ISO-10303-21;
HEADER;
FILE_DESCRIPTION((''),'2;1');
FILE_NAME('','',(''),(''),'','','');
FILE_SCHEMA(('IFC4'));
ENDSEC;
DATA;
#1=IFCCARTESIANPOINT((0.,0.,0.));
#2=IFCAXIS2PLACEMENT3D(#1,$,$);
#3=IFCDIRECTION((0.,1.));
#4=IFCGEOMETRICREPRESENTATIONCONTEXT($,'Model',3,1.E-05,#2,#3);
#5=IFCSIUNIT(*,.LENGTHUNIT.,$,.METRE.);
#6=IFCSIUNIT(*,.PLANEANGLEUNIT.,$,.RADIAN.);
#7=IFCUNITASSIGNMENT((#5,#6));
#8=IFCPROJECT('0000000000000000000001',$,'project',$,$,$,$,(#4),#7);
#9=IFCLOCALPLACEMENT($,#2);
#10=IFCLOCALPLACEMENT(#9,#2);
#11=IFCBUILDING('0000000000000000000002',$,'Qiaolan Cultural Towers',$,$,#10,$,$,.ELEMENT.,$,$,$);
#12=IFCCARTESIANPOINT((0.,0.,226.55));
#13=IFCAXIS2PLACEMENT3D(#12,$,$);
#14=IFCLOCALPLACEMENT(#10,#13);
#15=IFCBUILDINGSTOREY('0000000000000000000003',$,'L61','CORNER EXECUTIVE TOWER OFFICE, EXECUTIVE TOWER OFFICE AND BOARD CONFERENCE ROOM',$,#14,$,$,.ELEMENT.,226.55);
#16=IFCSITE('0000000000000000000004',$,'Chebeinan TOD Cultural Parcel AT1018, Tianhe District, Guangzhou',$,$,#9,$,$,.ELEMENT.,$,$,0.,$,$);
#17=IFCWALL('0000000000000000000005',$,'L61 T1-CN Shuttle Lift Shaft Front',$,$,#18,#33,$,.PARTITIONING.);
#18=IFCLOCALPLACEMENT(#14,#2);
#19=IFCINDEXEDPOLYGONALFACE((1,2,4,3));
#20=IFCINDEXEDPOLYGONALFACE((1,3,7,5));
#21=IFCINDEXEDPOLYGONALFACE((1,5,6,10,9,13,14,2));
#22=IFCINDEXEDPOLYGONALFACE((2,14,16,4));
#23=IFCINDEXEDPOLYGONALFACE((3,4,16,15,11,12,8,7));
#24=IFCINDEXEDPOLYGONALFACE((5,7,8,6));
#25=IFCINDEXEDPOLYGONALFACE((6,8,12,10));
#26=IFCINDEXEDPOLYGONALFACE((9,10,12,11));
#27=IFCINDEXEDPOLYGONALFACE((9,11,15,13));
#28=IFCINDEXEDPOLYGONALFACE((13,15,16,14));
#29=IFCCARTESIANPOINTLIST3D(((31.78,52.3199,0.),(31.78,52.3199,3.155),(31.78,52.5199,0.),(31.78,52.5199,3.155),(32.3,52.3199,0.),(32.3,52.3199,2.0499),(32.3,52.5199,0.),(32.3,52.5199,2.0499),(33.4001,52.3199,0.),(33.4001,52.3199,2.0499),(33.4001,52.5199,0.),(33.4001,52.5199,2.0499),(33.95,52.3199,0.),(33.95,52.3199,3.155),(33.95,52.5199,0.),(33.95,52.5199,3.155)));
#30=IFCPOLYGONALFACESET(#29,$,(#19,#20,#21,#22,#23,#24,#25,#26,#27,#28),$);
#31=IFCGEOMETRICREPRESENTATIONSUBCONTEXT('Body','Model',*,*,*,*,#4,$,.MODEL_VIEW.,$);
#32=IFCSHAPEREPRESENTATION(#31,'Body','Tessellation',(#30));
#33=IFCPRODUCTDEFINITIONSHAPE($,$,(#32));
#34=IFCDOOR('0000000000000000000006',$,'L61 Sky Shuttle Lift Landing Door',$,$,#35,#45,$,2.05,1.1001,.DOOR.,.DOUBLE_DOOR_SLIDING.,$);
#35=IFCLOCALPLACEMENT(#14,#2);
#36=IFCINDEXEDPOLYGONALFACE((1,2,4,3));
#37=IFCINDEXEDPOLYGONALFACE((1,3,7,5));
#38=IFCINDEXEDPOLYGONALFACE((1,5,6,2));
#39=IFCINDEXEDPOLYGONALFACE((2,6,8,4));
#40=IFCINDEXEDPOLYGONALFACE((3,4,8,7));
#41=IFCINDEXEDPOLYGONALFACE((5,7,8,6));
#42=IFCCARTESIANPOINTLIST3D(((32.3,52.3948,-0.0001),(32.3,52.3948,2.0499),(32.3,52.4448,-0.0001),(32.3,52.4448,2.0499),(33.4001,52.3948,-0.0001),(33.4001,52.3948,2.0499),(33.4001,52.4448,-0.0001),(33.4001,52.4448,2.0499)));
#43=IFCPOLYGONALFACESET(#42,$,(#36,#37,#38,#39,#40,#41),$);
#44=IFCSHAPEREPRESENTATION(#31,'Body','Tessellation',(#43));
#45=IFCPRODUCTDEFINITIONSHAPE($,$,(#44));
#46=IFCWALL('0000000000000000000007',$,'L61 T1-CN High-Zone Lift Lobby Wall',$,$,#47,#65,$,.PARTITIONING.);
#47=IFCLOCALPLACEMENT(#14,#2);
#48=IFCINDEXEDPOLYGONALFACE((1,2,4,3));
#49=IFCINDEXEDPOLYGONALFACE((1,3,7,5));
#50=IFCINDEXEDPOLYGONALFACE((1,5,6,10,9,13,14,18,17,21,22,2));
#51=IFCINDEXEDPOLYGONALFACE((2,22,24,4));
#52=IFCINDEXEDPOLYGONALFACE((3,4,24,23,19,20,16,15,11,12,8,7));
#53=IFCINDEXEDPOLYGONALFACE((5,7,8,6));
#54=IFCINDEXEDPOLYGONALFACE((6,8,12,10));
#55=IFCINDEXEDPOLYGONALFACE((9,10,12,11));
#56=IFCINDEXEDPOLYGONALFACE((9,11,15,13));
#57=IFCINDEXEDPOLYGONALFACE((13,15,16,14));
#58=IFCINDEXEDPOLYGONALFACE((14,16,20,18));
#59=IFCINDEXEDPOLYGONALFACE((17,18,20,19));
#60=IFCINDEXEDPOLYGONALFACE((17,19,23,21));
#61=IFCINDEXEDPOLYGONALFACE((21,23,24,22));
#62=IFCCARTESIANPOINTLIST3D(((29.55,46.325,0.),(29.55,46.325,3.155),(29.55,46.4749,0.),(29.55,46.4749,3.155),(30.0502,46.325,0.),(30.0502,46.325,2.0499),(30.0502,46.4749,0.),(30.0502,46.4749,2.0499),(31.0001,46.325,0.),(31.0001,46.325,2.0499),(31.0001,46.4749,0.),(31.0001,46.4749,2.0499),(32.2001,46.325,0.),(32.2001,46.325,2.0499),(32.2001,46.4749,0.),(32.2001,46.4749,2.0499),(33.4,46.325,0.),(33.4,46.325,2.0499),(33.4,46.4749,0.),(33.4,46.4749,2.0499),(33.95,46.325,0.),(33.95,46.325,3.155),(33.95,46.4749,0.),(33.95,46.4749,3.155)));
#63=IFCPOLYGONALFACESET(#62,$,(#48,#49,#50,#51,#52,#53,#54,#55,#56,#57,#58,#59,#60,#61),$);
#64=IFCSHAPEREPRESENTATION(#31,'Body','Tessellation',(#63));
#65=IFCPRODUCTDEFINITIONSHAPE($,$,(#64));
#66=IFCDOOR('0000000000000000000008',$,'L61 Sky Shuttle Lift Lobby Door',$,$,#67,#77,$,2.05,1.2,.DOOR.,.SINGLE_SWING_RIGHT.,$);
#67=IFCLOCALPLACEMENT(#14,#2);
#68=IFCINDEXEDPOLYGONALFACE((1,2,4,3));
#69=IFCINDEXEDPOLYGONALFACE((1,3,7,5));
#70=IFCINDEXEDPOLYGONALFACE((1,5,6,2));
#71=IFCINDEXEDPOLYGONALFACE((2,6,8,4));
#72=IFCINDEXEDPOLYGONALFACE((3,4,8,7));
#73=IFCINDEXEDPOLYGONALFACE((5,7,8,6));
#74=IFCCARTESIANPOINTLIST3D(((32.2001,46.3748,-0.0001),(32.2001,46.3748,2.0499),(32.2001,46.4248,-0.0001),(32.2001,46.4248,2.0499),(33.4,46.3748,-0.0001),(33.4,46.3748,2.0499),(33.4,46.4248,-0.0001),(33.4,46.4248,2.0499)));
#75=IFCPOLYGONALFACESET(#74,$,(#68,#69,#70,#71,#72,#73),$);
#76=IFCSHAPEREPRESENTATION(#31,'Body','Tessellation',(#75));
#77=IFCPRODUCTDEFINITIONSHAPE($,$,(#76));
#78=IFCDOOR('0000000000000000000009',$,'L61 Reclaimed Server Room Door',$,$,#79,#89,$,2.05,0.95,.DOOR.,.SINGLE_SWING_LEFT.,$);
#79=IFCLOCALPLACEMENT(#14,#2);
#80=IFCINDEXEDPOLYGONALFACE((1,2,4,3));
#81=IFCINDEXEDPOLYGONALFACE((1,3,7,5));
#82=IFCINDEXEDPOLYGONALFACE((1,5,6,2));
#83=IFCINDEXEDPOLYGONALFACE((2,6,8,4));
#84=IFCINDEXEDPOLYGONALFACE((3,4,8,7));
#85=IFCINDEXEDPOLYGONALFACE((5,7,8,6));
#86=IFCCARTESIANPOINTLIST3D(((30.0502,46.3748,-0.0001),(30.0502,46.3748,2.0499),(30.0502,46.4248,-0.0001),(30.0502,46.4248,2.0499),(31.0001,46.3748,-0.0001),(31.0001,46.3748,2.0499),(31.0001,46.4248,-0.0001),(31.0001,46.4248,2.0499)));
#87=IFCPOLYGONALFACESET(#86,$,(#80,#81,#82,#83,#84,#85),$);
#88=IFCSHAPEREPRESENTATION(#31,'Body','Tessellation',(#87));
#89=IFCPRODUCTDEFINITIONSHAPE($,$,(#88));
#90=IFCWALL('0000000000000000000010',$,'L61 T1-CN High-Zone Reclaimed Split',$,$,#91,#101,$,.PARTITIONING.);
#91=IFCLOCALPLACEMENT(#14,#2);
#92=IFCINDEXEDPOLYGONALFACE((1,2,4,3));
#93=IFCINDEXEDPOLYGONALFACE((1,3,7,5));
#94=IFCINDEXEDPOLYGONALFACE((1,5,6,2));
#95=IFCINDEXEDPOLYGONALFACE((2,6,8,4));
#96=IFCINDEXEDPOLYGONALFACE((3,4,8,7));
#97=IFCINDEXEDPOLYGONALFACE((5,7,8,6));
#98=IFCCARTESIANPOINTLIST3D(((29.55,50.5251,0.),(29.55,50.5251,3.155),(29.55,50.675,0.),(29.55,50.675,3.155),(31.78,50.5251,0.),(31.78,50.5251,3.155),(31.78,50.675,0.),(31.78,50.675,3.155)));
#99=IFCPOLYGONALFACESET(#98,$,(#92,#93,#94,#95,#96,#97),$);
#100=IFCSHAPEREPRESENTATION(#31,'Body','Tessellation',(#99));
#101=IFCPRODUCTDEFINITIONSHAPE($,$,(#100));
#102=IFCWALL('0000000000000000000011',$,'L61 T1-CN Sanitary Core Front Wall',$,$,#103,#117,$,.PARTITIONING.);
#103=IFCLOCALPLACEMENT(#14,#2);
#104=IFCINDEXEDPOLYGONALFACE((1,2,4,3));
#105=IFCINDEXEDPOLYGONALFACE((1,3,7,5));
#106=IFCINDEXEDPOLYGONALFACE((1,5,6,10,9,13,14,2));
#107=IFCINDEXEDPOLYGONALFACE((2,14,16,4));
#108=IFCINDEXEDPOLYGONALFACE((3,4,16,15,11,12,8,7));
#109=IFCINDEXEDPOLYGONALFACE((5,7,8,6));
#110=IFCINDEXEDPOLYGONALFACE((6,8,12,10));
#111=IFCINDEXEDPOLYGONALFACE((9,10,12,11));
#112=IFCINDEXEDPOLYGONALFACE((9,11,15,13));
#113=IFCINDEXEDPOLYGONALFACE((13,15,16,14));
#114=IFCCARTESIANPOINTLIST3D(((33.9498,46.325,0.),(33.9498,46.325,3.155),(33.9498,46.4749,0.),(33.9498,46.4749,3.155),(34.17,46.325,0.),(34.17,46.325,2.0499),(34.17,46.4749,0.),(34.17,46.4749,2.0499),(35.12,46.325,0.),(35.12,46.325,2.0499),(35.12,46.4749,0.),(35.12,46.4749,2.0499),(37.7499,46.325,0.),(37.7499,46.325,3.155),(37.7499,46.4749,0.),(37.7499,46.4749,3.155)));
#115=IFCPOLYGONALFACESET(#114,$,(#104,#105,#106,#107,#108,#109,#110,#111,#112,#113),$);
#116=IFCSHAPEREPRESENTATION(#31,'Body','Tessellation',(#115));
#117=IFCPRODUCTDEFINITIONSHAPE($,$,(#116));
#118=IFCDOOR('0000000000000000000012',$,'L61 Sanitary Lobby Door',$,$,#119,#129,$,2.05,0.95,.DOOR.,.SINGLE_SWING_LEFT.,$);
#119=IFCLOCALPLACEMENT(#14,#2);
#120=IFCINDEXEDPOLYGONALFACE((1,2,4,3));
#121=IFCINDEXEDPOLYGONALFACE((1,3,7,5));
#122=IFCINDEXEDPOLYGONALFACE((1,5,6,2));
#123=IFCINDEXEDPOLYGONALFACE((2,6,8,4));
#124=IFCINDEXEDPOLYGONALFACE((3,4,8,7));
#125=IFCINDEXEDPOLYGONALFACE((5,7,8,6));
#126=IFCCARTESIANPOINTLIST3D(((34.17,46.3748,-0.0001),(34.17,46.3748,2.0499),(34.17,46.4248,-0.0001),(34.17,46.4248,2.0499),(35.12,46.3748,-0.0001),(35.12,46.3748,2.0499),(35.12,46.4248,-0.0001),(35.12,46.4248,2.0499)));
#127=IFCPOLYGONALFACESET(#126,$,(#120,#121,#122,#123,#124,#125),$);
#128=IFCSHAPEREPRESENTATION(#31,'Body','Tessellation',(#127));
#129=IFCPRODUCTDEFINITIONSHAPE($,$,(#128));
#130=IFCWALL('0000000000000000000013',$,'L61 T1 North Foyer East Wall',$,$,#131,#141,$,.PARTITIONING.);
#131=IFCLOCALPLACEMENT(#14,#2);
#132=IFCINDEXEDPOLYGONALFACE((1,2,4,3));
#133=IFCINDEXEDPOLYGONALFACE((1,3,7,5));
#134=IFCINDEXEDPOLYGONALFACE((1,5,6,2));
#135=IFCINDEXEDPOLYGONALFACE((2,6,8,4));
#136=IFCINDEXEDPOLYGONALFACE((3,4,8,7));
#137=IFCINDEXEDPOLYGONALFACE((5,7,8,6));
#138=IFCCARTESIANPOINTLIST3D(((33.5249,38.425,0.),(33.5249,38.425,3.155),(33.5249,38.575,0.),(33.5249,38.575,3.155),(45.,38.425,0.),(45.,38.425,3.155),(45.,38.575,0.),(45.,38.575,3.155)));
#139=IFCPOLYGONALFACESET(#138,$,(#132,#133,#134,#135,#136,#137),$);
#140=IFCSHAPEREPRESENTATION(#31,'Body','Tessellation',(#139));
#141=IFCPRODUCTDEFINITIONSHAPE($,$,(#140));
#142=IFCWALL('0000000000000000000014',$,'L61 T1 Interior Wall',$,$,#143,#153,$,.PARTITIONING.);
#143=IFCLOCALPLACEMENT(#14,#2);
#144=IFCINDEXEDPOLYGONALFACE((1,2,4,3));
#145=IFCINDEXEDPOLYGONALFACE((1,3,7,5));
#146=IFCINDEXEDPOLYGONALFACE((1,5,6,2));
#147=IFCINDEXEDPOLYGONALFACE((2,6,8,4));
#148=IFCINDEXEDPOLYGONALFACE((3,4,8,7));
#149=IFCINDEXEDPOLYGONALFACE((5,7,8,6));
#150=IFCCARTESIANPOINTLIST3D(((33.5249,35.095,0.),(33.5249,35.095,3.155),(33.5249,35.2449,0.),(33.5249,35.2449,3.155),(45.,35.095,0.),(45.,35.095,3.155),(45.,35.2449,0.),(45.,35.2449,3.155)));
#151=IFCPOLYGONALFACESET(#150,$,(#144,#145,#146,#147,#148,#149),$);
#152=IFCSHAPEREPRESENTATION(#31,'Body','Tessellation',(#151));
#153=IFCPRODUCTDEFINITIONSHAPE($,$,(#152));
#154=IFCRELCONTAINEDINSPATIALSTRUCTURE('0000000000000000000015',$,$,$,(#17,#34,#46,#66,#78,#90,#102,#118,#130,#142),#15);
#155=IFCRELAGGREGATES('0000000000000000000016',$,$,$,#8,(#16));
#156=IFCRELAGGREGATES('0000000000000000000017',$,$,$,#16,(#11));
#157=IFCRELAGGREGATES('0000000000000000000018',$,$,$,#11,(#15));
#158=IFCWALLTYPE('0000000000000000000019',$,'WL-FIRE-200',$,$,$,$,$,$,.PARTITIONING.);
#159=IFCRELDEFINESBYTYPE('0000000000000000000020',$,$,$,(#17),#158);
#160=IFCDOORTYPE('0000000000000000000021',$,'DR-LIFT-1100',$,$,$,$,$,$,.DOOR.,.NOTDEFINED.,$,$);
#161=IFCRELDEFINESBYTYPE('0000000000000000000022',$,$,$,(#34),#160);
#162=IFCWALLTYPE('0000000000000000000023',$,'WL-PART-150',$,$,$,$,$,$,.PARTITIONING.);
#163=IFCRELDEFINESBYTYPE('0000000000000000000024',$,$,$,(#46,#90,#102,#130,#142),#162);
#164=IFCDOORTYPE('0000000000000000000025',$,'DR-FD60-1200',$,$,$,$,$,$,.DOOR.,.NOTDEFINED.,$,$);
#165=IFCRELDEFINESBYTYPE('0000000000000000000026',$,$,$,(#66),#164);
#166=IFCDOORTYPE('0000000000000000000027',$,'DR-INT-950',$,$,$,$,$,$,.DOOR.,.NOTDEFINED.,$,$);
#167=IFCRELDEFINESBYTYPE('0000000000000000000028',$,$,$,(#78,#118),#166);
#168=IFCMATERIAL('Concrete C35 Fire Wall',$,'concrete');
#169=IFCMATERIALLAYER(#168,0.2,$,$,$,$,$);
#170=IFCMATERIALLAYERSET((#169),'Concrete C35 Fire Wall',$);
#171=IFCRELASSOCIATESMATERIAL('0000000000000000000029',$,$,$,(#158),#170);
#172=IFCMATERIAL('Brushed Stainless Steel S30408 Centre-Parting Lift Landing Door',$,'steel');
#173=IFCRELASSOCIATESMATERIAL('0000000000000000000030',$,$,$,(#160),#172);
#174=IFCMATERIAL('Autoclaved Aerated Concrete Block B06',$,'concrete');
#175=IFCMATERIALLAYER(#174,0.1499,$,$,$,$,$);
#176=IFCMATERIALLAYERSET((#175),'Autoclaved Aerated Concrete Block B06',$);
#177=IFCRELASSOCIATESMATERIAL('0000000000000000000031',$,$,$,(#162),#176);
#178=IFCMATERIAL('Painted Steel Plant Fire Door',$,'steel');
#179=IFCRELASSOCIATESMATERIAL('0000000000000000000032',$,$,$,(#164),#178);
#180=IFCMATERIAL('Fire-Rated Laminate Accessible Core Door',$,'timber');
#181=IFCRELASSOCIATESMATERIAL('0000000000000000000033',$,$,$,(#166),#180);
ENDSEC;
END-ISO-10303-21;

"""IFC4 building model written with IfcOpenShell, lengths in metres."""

from ifc_helpers import new_model, si_unit, direction, frame, frame_2d, origin, place, context, subcontext, project, spatial, rectangle, extrude, material, layer, layer_set, type_object, element, fill, save


model = new_model("IFC4")

# Units and contexts
model_context = context("Model", 3, precision=1e-05, world=origin(), true_north=direction((0.0, 1.0)))
body_context = subcontext(model_context, "Body", "Model", "MODEL_VIEW")
ifc_project = project(units=[si_unit("LENGTHUNIT", "METRE"), si_unit("PLANEANGLEUNIT", "RADIAN")], contexts=[model_context])

# Site, building, storey
site_placement = place(None, origin())
site = spatial("IfcSite", under=ifc_project, at=site_placement, Name="Chebeinan TOD Cultural Parcel AT1018, Tianhe District, Guangzhou", CompositionType="ELEMENT", RefElevation=0.0)
building_placement = place(site_placement, origin())
building = spatial("IfcBuilding", under=site, at=building_placement, Name="Qiaolan Cultural Towers", CompositionType="ELEMENT")
storey_placement = place(building_placement, frame((0.0, 0.0, 226.55)))
storey = spatial("IfcBuildingStorey", under=building, at=storey_placement, Name="L61", Description="CORNER EXECUTIVE TOWER OFFICE, EXECUTIVE TOWER OFFICE AND BOARD CONFERENCE ROOM", CompositionType="ELEMENT", Elevation=226.55)

# Shared definitions
ifc_material_1 = material(Name="Concrete C35 Fire Wall", Category="concrete")
ifc_layer_1 = layer(ifc_material_1, 0.2)
ifc_layer_set_1 = layer_set([ifc_layer_1], Name="Concrete C35 Fire Wall")
wall_type_1 = type_object("IfcWallType", Name="WL-FIRE-200", PredefinedType="PARTITIONING", material=ifc_layer_set_1)

# Shared definitions
ifc_material_2 = material(Name="Brushed Stainless Steel S30408 Centre-Parting Lift Landing Door", Category="steel")
door_type_1 = type_object("IfcDoorType", Name="DR-LIFT-1100", OperationType="NOTDEFINED", PredefinedType="DOOR", material=ifc_material_2)

# Wall, opening, door
wall_1_placement = place(storey_placement, frame((31.78, 52.4199, 0.0), z_axis=(0.0, 0.0, 1.0), x_axis=(1.0, 0.0, 0.0)))
wall_1 = element("IfcWall", 1, at=wall_1_placement, inside=storey, type_object=wall_type_1, Name="L61 T1-CN Shuttle Lift Shaft Front", PredefinedType="PARTITIONING", context=body_context, shape_type="SweptSolid", body=[
    extrude(rectangle(XDim=2.1699, YDim=0.2, at=frame_2d((1.085, 0.0))), origin(), (0.0, 0.0, 1.0), 3.155),
])
opening_1_placement = place(wall_1_placement, frame((0.52, 0.0, 0.0)))
opening_1 = element("IfcOpeningElement", 2, at=opening_1_placement, cuts=wall_1, PredefinedType="OPENING", context=body_context, shape_type="SweptSolid", body=[
    extrude(rectangle(XDim=1.1001, YDim=2.05, at=frame_2d((0.55, 1.0249))), frame((0.0, 0.1099, 0.0), z_axis=(0.0, -1.0, 0.0), x_axis=(1.0, 0.0, 0.0)), (0.0, 0.0, 1.0), 0.22),
])
door_1_placement = place(opening_1_placement, origin())
door_1 = element("IfcDoor", 3, at=door_1_placement, inside=storey, type_object=door_type_1, Name="L61 Sky Shuttle Lift Landing Door", OperationType="DOUBLE_DOOR_SLIDING", OverallHeight=2.05, OverallWidth=1.1001, PredefinedType="DOOR", context=body_context, shape_type="SweptSolid", body=[
    extrude(rectangle(XDim=1.1001, YDim=2.05, at=frame_2d((0.55, 1.0249))), frame((0.0, 0.0249, 0.0), z_axis=(0.0, -1.0, 0.0), x_axis=(1.0, 0.0, 0.0)), (0.0, 0.0, 1.0), 0.05),
])
fill(opening_1, door_1)

# Wall, openings, doors
ifc_material_3 = material(Name="Autoclaved Aerated Concrete Block B06", Category="concrete")
ifc_layer_2 = layer(ifc_material_3, 0.1499)
ifc_layer_set_2 = layer_set([ifc_layer_2], Name="Autoclaved Aerated Concrete Block B06")
wall_type_2 = type_object("IfcWallType", Name="WL-PART-150", PredefinedType="PARTITIONING", material=ifc_layer_set_2)
wall_2_placement = place(storey_placement, frame((29.55, 46.3999, 0.0), z_axis=(0.0, 0.0, 1.0), x_axis=(1.0, 0.0, 0.0)))
wall_2 = element("IfcWall", 4, at=wall_2_placement, inside=storey, type_object=wall_type_2, Name="L61 T1-CN High-Zone Lift Lobby Wall", PredefinedType="PARTITIONING", context=body_context, shape_type="SweptSolid", body=[
    extrude(rectangle(XDim=4.3999, YDim=0.1499, at=frame_2d((2.2, 0.0))), origin(), (0.0, 0.0, 1.0), 3.155),
])
opening_2_placement = place(wall_2_placement, frame((0.5, 0.0, 0.0)))
opening_2 = element("IfcOpeningElement", 5, at=opening_2_placement, cuts=wall_2, PredefinedType="OPENING", context=body_context, shape_type="SweptSolid", body=[
    extrude(rectangle(XDim=0.95, YDim=2.05, at=frame_2d((0.4751, 1.0249))), frame((0.0, 0.085, 0.0), z_axis=(0.0, -1.0, 0.0), x_axis=(1.0, 0.0, 0.0)), (0.0, 0.0, 1.0), 0.1699),
])
opening_3_placement = place(wall_2_placement, frame((2.6499, 0.0, 0.0)))
opening_3 = element("IfcOpeningElement", 6, at=opening_3_placement, cuts=wall_2, PredefinedType="OPENING", context=body_context, shape_type="SweptSolid", body=[
    extrude(rectangle(XDim=1.2, YDim=2.05, at=frame_2d((0.6001, 1.0249))), frame((0.0, 0.085, 0.0), z_axis=(0.0, -1.0, 0.0), x_axis=(1.0, 0.0, 0.0)), (0.0, 0.0, 1.0), 0.1699),
])
ifc_material_4 = material(Name="Painted Steel Plant Fire Door", Category="steel")
door_type_2 = type_object("IfcDoorType", Name="DR-FD60-1200", OperationType="NOTDEFINED", PredefinedType="DOOR", material=ifc_material_4)
door_2_placement = place(opening_3_placement, origin())
door_2 = element("IfcDoor", 7, at=door_2_placement, inside=storey, type_object=door_type_2, Name="L61 Sky Shuttle Lift Lobby Door", OperationType="SINGLE_SWING_RIGHT", OverallHeight=2.05, OverallWidth=1.2, PredefinedType="DOOR", context=body_context, shape_type="SweptSolid", body=[
    extrude(rectangle(XDim=1.2, YDim=2.05, at=frame_2d((0.6001, 1.0249))), frame((0.0, 0.0249, 0.0), z_axis=(0.0, -1.0, 0.0), x_axis=(1.0, 0.0, 0.0)), (0.0, 0.0, 1.0), 0.05),
])
fill(opening_3, door_2)
ifc_material_5 = material(Name="Fire-Rated Laminate Accessible Core Door", Category="timber")
door_type_3 = type_object("IfcDoorType", Name="DR-INT-950", OperationType="NOTDEFINED", PredefinedType="DOOR", material=ifc_material_5)
door_3_placement = place(opening_2_placement, origin())
door_3 = element("IfcDoor", 8, at=door_3_placement, inside=storey, type_object=door_type_3, Name="L61 Reclaimed Server Room Door", OperationType="SINGLE_SWING_LEFT", OverallHeight=2.05, OverallWidth=0.95, PredefinedType="DOOR", context=body_context, shape_type="SweptSolid", body=[
    extrude(rectangle(XDim=0.95, YDim=2.05, at=frame_2d((0.4751, 1.0249))), frame((0.0, 0.0249, 0.0), z_axis=(0.0, -1.0, 0.0), x_axis=(1.0, 0.0, 0.0)), (0.0, 0.0, 1.0), 0.05),
])
fill(opening_2, door_3)

# Wall
wall_3_placement = place(storey_placement, frame((29.55, 50.6001, 0.0), z_axis=(0.0, 0.0, 1.0), x_axis=(1.0, 0.0, 0.0)))
element("IfcWall", 9, at=wall_3_placement, inside=storey, type_object=wall_type_2, Name="L61 T1-CN High-Zone Reclaimed Split", PredefinedType="PARTITIONING", context=body_context, shape_type="SweptSolid", body=[
    extrude(rectangle(XDim=2.23, YDim=0.1499, at=frame_2d((1.115, 0.0))), origin(), (0.0, 0.0, 1.0), 3.155),
])

# Wall, opening, door
wall_4_placement = place(storey_placement, frame((33.95, 46.3999, 0.0), z_axis=(0.0, 0.0, 1.0), x_axis=(1.0, 0.0, 0.0)))
wall_4 = element("IfcWall", 10, at=wall_4_placement, inside=storey, type_object=wall_type_2, Name="L61 T1-CN Sanitary Core Front Wall", PredefinedType="PARTITIONING", context=body_context, shape_type="SweptSolid", body=[
    extrude(rectangle(XDim=3.8, YDim=0.1499, at=frame_2d((1.8999, 0.0))), origin(), (0.0, 0.0, 1.0), 3.155),
])
opening_4_placement = place(wall_4_placement, frame((0.22, 0.0, 0.0)))
opening_4 = element("IfcOpeningElement", 11, at=opening_4_placement, cuts=wall_4, PredefinedType="OPENING", context=body_context, shape_type="SweptSolid", body=[
    extrude(rectangle(XDim=0.95, YDim=2.05, at=frame_2d((0.4751, 1.0249))), frame((0.0, 0.085, 0.0), z_axis=(0.0, -1.0, 0.0), x_axis=(1.0, 0.0, 0.0)), (0.0, 0.0, 1.0), 0.1699),
])
door_4_placement = place(opening_4_placement, origin())
door_4 = element("IfcDoor", 12, at=door_4_placement, inside=storey, type_object=door_type_3, Name="L61 Sanitary Lobby Door", OperationType="SINGLE_SWING_LEFT", OverallHeight=2.05, OverallWidth=0.95, PredefinedType="DOOR", context=body_context, shape_type="SweptSolid", body=[
    extrude(rectangle(XDim=0.95, YDim=2.05, at=frame_2d((0.4751, 1.0249))), frame((0.0, 0.0249, 0.0), z_axis=(0.0, -1.0, 0.0), x_axis=(1.0, 0.0, 0.0)), (0.0, 0.0, 1.0), 0.05),
])
fill(opening_4, door_4)

# Walls
for number, where, z_axis, x_axis, name in (
    (13, (33.5249, 38.5, 0.0), (0.0, 0.0, 1.0), (1.0, 0.0, 0.0), "L61 T1 North Foyer East Wall"),
    (14, (33.5249, 35.1699, 0.0), (0.0, 0.0, 1.0), (1.0, 0.0, 0.0), "L61 T1 Interior Wall"),
):
    element("IfcWall", number, at=place(storey_placement, frame(where, z_axis=z_axis, x_axis=x_axis)), inside=storey, type_object=wall_type_2, Name=name, PredefinedType="PARTITIONING", context=body_context, shape_type="SweptSolid", body=[
        extrude(rectangle(XDim=11.4751, YDim=0.1499, at=frame_2d((5.7375, 0.0))), origin(), (0.0, 0.0, 1.0), 3.155),
    ])

save(model, "model.ifc")
